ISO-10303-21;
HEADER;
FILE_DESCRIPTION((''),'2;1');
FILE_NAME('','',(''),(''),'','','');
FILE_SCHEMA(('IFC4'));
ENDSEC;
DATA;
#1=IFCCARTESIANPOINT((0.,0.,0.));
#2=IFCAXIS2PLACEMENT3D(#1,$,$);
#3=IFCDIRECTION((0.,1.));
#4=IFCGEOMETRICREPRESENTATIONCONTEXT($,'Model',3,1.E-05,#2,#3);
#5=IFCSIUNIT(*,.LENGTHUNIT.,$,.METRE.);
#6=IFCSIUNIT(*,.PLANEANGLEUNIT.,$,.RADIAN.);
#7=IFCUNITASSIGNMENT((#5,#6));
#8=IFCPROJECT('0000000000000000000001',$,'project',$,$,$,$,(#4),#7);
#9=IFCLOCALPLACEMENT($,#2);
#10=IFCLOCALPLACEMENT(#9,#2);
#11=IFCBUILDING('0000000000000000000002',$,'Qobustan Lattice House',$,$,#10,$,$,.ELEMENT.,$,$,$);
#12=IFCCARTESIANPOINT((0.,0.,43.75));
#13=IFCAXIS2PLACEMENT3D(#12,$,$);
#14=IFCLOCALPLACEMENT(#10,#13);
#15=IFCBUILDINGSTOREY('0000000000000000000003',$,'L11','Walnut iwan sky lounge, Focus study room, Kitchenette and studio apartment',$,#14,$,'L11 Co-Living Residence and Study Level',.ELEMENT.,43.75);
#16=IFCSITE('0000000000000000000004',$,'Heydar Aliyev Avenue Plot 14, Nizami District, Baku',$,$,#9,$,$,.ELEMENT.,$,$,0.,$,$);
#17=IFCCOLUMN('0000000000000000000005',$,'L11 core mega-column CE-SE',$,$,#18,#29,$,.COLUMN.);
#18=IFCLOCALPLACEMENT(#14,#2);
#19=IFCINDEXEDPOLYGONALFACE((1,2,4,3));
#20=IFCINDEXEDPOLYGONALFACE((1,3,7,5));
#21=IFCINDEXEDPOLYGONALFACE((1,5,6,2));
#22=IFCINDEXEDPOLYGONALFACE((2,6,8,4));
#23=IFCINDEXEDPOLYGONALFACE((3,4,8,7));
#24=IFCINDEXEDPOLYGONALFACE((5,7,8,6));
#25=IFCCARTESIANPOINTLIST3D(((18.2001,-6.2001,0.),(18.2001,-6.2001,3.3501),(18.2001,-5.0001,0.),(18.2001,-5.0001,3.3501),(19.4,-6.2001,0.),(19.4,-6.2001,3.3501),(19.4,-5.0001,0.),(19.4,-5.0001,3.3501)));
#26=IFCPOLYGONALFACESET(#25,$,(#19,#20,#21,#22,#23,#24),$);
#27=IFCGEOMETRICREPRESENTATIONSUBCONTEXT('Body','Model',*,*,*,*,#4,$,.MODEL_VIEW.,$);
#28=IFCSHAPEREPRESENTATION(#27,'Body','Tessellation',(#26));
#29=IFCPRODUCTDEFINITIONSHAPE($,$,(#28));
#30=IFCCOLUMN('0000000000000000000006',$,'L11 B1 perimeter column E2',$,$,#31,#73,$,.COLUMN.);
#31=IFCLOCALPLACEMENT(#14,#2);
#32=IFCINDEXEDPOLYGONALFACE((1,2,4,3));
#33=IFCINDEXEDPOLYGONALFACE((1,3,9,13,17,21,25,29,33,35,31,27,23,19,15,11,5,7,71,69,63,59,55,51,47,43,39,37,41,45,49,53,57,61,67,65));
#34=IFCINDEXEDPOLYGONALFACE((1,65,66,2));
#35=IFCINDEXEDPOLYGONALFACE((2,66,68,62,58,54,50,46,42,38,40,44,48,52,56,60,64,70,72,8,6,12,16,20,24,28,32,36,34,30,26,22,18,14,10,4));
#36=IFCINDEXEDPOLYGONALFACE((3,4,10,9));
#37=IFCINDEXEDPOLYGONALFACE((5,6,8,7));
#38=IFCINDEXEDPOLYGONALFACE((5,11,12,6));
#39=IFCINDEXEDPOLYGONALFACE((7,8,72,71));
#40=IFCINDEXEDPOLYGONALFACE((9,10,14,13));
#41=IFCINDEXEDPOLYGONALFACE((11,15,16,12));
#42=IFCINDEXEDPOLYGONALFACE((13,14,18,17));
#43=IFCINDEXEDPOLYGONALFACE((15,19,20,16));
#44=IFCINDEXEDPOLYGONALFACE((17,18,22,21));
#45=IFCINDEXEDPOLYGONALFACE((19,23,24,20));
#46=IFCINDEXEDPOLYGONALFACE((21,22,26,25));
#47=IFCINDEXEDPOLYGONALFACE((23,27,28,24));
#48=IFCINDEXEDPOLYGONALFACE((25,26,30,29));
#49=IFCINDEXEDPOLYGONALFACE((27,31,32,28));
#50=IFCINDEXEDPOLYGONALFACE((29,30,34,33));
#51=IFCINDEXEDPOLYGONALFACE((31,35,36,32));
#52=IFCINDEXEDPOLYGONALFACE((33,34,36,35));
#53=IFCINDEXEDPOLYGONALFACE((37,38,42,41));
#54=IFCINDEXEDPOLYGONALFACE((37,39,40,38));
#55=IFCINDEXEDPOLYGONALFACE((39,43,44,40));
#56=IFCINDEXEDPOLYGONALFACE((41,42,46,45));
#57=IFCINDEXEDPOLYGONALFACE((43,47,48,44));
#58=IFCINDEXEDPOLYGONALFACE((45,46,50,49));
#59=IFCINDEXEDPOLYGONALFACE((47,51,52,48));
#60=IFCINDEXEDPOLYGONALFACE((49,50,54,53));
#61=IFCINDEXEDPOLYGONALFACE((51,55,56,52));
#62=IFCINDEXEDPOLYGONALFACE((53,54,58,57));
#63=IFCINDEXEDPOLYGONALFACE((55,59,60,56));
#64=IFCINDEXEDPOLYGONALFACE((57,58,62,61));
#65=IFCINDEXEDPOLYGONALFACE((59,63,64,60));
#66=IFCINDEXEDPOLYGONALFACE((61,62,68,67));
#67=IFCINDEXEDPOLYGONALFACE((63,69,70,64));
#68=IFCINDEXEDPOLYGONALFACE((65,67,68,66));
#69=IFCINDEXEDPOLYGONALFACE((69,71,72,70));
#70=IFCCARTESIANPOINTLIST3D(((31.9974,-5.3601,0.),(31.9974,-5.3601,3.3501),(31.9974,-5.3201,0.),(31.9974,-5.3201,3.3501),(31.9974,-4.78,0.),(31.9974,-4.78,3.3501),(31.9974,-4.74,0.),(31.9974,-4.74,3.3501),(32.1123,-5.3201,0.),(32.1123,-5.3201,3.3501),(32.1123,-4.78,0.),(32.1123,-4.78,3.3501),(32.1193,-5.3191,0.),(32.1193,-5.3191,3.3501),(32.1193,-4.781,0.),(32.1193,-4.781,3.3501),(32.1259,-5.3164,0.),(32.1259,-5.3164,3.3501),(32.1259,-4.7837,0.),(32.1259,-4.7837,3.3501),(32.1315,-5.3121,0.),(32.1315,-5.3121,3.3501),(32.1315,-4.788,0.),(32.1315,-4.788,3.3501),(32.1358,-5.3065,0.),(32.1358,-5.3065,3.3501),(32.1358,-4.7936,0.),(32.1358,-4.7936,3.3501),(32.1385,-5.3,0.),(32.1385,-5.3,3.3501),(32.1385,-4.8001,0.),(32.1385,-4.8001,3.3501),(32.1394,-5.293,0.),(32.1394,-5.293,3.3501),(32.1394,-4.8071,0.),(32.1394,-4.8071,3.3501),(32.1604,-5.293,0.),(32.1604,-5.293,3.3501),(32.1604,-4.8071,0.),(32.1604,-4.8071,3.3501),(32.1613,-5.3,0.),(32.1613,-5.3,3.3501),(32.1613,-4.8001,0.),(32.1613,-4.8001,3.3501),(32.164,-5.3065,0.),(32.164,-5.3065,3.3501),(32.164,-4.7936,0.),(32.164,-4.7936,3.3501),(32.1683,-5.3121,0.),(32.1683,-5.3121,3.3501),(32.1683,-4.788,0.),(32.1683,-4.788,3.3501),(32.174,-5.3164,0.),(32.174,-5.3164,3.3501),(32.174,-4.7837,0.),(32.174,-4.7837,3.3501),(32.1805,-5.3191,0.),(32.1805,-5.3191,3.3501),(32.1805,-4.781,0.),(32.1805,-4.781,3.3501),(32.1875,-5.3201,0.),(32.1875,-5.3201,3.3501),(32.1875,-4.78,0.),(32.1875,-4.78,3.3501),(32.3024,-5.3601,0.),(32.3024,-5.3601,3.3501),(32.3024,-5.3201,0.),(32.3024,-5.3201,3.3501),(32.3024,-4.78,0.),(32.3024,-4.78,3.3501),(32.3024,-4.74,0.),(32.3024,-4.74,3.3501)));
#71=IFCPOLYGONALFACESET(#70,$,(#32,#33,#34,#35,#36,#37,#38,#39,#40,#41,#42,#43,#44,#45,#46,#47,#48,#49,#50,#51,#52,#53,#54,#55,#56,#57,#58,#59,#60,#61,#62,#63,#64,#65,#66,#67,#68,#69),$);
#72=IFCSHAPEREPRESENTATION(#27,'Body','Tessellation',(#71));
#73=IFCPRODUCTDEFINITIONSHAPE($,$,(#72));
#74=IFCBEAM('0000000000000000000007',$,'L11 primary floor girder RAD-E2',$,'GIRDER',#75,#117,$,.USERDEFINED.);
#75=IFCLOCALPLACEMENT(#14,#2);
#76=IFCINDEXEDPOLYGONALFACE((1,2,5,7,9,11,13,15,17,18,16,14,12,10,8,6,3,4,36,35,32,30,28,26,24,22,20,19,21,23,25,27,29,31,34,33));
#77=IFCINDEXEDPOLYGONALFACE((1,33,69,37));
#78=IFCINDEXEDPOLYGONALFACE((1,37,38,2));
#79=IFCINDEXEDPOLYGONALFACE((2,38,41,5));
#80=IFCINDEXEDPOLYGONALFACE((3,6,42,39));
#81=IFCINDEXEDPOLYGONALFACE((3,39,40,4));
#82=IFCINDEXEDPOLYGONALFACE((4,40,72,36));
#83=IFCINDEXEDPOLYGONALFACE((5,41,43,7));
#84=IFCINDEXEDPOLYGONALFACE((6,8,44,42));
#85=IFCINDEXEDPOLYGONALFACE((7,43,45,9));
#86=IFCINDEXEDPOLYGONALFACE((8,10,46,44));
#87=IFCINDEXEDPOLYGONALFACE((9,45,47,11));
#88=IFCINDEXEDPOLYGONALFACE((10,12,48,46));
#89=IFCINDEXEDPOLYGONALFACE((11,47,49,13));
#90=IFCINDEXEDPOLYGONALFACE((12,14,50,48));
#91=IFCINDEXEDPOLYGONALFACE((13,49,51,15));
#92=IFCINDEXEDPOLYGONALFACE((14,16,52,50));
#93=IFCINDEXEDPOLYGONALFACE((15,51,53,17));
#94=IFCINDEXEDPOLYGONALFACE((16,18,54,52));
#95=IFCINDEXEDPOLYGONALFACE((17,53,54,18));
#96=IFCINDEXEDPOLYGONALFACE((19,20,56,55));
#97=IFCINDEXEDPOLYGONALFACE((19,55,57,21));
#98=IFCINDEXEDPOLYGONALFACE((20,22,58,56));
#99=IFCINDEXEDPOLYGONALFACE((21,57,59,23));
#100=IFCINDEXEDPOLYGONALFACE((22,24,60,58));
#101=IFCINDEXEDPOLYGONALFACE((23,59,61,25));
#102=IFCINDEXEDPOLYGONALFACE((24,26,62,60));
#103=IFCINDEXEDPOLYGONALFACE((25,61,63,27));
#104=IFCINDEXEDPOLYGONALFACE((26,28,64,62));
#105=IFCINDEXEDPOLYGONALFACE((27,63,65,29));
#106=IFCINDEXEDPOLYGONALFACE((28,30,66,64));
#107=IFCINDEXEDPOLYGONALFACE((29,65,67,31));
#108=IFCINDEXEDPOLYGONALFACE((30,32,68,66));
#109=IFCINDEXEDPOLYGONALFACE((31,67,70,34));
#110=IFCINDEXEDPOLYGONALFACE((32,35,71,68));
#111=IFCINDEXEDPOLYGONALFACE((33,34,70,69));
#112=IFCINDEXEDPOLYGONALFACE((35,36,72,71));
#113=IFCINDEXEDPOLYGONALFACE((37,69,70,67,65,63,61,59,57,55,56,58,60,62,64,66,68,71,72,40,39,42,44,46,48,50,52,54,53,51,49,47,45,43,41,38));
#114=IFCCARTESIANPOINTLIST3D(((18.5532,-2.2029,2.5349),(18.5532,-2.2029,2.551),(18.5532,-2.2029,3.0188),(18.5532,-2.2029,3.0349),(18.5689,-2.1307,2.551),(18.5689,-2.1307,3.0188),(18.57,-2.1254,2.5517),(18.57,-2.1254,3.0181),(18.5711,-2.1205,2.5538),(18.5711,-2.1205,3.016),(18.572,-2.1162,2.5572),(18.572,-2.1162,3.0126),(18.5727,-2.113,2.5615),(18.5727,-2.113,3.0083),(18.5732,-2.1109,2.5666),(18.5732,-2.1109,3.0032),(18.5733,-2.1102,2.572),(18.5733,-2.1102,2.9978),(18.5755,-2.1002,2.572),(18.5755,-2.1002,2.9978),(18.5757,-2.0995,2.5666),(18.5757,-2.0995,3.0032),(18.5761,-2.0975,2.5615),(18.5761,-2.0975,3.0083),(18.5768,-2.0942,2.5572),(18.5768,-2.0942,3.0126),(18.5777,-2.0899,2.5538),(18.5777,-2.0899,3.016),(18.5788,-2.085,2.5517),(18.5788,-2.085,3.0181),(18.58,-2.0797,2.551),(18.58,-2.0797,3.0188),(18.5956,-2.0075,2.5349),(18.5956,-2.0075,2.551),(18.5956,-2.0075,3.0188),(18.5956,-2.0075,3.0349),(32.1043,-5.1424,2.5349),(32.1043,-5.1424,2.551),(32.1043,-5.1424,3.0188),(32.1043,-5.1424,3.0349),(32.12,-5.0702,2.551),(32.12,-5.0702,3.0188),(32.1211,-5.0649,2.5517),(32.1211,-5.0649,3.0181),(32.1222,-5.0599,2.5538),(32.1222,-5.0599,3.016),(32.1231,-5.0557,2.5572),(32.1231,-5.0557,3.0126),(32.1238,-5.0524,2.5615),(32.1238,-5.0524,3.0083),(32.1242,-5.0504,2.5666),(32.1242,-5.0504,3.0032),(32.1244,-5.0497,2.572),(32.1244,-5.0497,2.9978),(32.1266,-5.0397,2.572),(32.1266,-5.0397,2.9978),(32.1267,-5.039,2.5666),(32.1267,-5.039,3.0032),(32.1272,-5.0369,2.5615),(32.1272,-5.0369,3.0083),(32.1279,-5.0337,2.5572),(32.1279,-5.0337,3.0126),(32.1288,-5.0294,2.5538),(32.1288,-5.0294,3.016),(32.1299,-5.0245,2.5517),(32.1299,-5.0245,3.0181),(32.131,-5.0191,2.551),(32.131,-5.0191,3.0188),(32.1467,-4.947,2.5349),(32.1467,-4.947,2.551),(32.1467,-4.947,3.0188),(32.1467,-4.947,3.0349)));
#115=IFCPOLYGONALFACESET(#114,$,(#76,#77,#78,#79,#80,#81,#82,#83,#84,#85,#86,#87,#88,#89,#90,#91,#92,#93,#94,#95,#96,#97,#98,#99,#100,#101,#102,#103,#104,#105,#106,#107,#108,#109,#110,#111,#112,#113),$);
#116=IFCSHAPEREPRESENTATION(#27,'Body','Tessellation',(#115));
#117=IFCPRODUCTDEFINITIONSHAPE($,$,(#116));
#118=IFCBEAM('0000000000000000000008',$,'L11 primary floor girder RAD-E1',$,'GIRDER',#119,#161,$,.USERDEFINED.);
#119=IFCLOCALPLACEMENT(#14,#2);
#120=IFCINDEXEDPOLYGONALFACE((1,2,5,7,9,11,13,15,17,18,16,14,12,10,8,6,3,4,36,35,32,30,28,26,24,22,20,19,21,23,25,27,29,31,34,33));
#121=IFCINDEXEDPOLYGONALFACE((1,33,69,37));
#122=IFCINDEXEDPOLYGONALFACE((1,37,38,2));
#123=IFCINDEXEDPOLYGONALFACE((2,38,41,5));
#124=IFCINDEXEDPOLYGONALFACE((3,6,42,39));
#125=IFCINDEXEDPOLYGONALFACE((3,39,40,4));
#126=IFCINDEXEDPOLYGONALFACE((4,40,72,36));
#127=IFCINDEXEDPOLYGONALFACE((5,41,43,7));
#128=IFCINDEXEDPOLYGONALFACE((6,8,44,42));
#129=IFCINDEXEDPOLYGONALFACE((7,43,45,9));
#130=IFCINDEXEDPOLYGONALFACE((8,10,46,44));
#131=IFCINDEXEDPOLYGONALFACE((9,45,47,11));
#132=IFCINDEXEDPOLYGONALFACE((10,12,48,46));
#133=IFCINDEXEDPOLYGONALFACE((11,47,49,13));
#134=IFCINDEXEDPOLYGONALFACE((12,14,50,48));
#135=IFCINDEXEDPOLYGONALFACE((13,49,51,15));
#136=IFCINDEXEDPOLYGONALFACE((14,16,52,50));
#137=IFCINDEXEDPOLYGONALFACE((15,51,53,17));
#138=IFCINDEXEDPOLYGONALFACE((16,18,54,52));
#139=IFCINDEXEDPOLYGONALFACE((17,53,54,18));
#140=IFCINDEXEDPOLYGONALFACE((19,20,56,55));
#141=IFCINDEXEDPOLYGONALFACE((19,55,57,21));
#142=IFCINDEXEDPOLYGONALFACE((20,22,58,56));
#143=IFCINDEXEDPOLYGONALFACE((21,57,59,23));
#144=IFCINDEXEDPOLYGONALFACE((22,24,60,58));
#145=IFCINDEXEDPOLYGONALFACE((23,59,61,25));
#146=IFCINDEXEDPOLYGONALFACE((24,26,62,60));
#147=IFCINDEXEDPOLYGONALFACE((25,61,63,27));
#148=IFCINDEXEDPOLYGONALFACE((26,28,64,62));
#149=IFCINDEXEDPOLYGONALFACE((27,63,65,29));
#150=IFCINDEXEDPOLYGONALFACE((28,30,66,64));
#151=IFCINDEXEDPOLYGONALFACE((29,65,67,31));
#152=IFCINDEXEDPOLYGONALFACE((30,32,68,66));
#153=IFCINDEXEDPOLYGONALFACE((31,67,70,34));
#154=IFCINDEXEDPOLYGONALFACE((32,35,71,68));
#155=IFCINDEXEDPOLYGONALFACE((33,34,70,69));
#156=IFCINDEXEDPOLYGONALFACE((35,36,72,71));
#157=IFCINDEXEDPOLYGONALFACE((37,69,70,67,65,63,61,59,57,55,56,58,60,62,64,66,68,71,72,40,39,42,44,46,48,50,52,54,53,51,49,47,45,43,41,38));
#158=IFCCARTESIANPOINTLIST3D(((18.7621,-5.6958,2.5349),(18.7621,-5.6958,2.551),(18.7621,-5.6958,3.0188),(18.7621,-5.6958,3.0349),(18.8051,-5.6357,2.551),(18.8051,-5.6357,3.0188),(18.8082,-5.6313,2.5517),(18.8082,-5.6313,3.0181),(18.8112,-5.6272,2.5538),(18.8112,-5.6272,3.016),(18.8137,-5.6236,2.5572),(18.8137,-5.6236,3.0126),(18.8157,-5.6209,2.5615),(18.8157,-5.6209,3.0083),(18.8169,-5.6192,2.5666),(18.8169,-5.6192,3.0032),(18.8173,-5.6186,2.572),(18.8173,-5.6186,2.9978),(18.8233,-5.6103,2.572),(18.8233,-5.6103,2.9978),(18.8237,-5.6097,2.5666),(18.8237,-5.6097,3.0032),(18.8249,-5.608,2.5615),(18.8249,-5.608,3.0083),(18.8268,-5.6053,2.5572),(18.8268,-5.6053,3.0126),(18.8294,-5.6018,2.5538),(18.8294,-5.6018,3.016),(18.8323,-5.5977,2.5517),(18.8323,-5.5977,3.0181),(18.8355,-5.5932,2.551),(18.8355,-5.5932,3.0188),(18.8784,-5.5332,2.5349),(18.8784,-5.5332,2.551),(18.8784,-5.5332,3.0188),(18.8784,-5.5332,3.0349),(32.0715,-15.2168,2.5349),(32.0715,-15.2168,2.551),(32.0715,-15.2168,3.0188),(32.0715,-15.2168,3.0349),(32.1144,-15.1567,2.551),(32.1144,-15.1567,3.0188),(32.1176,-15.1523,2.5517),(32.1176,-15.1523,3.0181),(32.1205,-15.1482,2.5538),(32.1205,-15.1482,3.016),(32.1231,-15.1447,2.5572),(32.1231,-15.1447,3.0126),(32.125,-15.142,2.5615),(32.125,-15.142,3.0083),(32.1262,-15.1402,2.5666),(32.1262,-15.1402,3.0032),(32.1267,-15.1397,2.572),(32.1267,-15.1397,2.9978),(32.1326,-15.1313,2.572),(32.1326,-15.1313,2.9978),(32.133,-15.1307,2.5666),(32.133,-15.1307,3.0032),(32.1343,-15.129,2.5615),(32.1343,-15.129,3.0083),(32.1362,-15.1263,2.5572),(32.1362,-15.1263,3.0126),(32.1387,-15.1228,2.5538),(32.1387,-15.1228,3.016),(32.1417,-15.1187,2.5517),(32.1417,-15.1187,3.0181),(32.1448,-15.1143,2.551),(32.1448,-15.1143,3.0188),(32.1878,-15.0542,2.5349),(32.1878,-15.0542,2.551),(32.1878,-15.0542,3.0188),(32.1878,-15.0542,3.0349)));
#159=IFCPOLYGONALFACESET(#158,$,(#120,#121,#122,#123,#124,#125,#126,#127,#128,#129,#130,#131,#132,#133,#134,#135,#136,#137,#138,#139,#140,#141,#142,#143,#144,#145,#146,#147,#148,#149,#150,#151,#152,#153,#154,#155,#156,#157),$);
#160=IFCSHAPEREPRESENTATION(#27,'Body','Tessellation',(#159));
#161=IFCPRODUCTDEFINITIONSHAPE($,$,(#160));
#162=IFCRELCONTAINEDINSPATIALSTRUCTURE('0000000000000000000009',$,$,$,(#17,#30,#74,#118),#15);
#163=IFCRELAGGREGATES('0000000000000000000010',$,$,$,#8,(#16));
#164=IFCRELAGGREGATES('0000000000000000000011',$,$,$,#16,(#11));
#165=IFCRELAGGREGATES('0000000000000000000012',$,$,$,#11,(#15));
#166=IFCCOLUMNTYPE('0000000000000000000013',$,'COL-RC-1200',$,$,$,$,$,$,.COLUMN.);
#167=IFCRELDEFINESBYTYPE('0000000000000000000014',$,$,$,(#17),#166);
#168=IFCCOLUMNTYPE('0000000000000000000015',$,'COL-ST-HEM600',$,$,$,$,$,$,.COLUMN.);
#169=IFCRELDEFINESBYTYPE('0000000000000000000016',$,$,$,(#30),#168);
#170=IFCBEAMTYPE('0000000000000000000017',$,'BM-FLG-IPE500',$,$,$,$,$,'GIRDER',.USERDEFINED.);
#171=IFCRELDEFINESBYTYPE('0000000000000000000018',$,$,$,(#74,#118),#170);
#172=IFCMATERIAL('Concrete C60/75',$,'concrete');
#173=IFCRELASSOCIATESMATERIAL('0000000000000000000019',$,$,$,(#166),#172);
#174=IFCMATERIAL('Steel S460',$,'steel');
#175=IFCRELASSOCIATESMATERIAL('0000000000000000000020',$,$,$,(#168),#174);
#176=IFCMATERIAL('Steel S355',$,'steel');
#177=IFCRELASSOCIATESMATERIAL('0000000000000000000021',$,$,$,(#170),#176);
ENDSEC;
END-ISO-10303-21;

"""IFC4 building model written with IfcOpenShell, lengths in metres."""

from ifc_helpers import new_model, si_unit, direction, frame, origin, origin_2d, place, context, subcontext, project, spatial, rectangle, i_section, extrude, material, material_profile, profile_set, type_object, element, save


model = new_model("IFC4")

# Units and contexts
model_context = context("Model", 3, precision=1e-05, world=origin(), true_north=direction((0.0, 1.0)))
body_context = subcontext(model_context, "Body", "Model", "MODEL_VIEW")
ifc_project = project(units=[si_unit("LENGTHUNIT", "METRE"), si_unit("PLANEANGLEUNIT", "RADIAN")], contexts=[model_context])

# Site, building, storey
site_placement = place(None, origin())
site = spatial("IfcSite", under=ifc_project, at=site_placement, Name="Heydar Aliyev Avenue Plot 14, Nizami District, Baku", CompositionType="ELEMENT", RefElevation=0.0)
building_placement = place(site_placement, origin())
building = spatial("IfcBuilding", under=site, at=building_placement, Name="Qobustan Lattice House", CompositionType="ELEMENT")
storey_placement = place(building_placement, frame((0.0, 0.0, 43.75)))
storey = spatial("IfcBuildingStorey", under=building, at=storey_placement, Name="L11", Description="Walnut iwan sky lounge, Focus study room, Kitchenette and studio apartment", LongName="L11 Co-Living Residence and Study Level", CompositionType="ELEMENT", Elevation=43.75)

# Columns
ifc_material_1 = material(Name="Concrete C60/75", Category="concrete")
ifc_material_profile_1 = material_profile(ifc_material_1, rectangle(XDim=1.2, YDim=1.2, at=origin_2d()), Name="RC1200x1200")
ifc_profile_set_1 = profile_set([ifc_material_profile_1], Name="Concrete C60/75")
column_type_1 = type_object("IfcColumnType", Name="COL-RC-1200", PredefinedType="COLUMN", material=ifc_profile_set_1)
column_1_placement = place(storey_placement, frame((18.8, -5.6001, 0.0), z_axis=(0.0, 0.0, 1.0), x_axis=(1.0, 0.0, 0.0)))
element("IfcColumn", 1, at=column_1_placement, inside=storey, type_object=column_type_1, Name="L11 core mega-column CE-SE", PredefinedType="COLUMN", context=body_context, shape_type="SweptSolid", body=[
    extrude(rectangle(XDim=1.2, YDim=1.2, at=origin_2d()), origin(), (0.0, 0.0, 1.0), 3.3501),
])
ifc_material_2 = material(Name="Steel S460", Category="steel")
ifc_material_profile_2 = material_profile(ifc_material_2, i_section(OverallWidth=0.3049, OverallDepth=0.6201, WebThickness=0.021, FlangeThickness=0.04, FilletRadius=0.0271, at=origin_2d()), Name="HEM600")
ifc_profile_set_2 = profile_set([ifc_material_profile_2], Name="Steel S460")
column_type_2 = type_object("IfcColumnType", Name="COL-ST-HEM600", PredefinedType="COLUMN", material=ifc_profile_set_2)
column_2_placement = place(storey_placement, frame((32.1499, -5.05, 0.0), z_axis=(0.0, 0.0, 1.0), x_axis=(1.0, 0.0, 0.0)))
element("IfcColumn", 2, at=column_2_placement, inside=storey, type_object=column_type_2, Name="L11 B1 perimeter column E2", PredefinedType="COLUMN", context=body_context, shape_type="SweptSolid", body=[
    extrude(i_section(OverallWidth=0.3049, OverallDepth=0.6201, WebThickness=0.021, FlangeThickness=0.04, FilletRadius=0.0271, at=origin_2d()), origin(), (0.0, 0.0, 1.0), 3.3501),
])

# Beams
ifc_material_3 = material(Name="Steel S355", Category="steel")
ifc_material_profile_3 = material_profile(ifc_material_3, i_section(OverallWidth=0.2, OverallDepth=0.5, WebThickness=0.0103, FlangeThickness=0.0161, FilletRadius=0.021, at=origin_2d()), Name="IPE500")
ifc_profile_set_3 = profile_set([ifc_material_profile_3], Name="Steel S355")
beam_type_1 = type_object("IfcBeamType", Name="BM-FLG-IPE500", ElementType="GIRDER", PredefinedType="USERDEFINED", material=ifc_profile_set_3)
beam_1_placement = place(storey_placement, frame((32.1255, -5.0447, 2.7849), z_axis=(-0.977272, 0.211987, 0.0), x_axis=(-0.211987, -0.977272, 0.0)))
element("IfcBeam", 3, at=beam_1_placement, inside=storey, type_object=beam_type_1, Name="L11 primary floor girder RAD-E2", ObjectType="GIRDER", PredefinedType="USERDEFINED", context=body_context, shape_type="SweptSolid", body=[
    extrude(i_section(OverallWidth=0.2, OverallDepth=0.5, WebThickness=0.0103, FlangeThickness=0.0161, FilletRadius=0.021, at=origin_2d()), origin(), (0.0, 0.0, 1.0), 13.8662),
])
beam_2_placement = place(storey_placement, frame((32.1296, -15.1355, 2.7849), z_axis=(-0.813319, 0.581818, 0.0), x_axis=(-0.581818, -0.813319, 0.0)))
element("IfcBeam", 4, at=beam_2_placement, inside=storey, type_object=beam_type_1, Name="L11 primary floor girder RAD-E1", ObjectType="GIRDER", PredefinedType="USERDEFINED", context=body_context, shape_type="SweptSolid", body=[
    extrude(i_section(OverallWidth=0.2, OverallDepth=0.5, WebThickness=0.0103, FlangeThickness=0.0161, FilletRadius=0.021, at=origin_2d()), origin(), (0.0, 0.0, 1.0), 16.3643),
])

save(model, "model.ifc")
